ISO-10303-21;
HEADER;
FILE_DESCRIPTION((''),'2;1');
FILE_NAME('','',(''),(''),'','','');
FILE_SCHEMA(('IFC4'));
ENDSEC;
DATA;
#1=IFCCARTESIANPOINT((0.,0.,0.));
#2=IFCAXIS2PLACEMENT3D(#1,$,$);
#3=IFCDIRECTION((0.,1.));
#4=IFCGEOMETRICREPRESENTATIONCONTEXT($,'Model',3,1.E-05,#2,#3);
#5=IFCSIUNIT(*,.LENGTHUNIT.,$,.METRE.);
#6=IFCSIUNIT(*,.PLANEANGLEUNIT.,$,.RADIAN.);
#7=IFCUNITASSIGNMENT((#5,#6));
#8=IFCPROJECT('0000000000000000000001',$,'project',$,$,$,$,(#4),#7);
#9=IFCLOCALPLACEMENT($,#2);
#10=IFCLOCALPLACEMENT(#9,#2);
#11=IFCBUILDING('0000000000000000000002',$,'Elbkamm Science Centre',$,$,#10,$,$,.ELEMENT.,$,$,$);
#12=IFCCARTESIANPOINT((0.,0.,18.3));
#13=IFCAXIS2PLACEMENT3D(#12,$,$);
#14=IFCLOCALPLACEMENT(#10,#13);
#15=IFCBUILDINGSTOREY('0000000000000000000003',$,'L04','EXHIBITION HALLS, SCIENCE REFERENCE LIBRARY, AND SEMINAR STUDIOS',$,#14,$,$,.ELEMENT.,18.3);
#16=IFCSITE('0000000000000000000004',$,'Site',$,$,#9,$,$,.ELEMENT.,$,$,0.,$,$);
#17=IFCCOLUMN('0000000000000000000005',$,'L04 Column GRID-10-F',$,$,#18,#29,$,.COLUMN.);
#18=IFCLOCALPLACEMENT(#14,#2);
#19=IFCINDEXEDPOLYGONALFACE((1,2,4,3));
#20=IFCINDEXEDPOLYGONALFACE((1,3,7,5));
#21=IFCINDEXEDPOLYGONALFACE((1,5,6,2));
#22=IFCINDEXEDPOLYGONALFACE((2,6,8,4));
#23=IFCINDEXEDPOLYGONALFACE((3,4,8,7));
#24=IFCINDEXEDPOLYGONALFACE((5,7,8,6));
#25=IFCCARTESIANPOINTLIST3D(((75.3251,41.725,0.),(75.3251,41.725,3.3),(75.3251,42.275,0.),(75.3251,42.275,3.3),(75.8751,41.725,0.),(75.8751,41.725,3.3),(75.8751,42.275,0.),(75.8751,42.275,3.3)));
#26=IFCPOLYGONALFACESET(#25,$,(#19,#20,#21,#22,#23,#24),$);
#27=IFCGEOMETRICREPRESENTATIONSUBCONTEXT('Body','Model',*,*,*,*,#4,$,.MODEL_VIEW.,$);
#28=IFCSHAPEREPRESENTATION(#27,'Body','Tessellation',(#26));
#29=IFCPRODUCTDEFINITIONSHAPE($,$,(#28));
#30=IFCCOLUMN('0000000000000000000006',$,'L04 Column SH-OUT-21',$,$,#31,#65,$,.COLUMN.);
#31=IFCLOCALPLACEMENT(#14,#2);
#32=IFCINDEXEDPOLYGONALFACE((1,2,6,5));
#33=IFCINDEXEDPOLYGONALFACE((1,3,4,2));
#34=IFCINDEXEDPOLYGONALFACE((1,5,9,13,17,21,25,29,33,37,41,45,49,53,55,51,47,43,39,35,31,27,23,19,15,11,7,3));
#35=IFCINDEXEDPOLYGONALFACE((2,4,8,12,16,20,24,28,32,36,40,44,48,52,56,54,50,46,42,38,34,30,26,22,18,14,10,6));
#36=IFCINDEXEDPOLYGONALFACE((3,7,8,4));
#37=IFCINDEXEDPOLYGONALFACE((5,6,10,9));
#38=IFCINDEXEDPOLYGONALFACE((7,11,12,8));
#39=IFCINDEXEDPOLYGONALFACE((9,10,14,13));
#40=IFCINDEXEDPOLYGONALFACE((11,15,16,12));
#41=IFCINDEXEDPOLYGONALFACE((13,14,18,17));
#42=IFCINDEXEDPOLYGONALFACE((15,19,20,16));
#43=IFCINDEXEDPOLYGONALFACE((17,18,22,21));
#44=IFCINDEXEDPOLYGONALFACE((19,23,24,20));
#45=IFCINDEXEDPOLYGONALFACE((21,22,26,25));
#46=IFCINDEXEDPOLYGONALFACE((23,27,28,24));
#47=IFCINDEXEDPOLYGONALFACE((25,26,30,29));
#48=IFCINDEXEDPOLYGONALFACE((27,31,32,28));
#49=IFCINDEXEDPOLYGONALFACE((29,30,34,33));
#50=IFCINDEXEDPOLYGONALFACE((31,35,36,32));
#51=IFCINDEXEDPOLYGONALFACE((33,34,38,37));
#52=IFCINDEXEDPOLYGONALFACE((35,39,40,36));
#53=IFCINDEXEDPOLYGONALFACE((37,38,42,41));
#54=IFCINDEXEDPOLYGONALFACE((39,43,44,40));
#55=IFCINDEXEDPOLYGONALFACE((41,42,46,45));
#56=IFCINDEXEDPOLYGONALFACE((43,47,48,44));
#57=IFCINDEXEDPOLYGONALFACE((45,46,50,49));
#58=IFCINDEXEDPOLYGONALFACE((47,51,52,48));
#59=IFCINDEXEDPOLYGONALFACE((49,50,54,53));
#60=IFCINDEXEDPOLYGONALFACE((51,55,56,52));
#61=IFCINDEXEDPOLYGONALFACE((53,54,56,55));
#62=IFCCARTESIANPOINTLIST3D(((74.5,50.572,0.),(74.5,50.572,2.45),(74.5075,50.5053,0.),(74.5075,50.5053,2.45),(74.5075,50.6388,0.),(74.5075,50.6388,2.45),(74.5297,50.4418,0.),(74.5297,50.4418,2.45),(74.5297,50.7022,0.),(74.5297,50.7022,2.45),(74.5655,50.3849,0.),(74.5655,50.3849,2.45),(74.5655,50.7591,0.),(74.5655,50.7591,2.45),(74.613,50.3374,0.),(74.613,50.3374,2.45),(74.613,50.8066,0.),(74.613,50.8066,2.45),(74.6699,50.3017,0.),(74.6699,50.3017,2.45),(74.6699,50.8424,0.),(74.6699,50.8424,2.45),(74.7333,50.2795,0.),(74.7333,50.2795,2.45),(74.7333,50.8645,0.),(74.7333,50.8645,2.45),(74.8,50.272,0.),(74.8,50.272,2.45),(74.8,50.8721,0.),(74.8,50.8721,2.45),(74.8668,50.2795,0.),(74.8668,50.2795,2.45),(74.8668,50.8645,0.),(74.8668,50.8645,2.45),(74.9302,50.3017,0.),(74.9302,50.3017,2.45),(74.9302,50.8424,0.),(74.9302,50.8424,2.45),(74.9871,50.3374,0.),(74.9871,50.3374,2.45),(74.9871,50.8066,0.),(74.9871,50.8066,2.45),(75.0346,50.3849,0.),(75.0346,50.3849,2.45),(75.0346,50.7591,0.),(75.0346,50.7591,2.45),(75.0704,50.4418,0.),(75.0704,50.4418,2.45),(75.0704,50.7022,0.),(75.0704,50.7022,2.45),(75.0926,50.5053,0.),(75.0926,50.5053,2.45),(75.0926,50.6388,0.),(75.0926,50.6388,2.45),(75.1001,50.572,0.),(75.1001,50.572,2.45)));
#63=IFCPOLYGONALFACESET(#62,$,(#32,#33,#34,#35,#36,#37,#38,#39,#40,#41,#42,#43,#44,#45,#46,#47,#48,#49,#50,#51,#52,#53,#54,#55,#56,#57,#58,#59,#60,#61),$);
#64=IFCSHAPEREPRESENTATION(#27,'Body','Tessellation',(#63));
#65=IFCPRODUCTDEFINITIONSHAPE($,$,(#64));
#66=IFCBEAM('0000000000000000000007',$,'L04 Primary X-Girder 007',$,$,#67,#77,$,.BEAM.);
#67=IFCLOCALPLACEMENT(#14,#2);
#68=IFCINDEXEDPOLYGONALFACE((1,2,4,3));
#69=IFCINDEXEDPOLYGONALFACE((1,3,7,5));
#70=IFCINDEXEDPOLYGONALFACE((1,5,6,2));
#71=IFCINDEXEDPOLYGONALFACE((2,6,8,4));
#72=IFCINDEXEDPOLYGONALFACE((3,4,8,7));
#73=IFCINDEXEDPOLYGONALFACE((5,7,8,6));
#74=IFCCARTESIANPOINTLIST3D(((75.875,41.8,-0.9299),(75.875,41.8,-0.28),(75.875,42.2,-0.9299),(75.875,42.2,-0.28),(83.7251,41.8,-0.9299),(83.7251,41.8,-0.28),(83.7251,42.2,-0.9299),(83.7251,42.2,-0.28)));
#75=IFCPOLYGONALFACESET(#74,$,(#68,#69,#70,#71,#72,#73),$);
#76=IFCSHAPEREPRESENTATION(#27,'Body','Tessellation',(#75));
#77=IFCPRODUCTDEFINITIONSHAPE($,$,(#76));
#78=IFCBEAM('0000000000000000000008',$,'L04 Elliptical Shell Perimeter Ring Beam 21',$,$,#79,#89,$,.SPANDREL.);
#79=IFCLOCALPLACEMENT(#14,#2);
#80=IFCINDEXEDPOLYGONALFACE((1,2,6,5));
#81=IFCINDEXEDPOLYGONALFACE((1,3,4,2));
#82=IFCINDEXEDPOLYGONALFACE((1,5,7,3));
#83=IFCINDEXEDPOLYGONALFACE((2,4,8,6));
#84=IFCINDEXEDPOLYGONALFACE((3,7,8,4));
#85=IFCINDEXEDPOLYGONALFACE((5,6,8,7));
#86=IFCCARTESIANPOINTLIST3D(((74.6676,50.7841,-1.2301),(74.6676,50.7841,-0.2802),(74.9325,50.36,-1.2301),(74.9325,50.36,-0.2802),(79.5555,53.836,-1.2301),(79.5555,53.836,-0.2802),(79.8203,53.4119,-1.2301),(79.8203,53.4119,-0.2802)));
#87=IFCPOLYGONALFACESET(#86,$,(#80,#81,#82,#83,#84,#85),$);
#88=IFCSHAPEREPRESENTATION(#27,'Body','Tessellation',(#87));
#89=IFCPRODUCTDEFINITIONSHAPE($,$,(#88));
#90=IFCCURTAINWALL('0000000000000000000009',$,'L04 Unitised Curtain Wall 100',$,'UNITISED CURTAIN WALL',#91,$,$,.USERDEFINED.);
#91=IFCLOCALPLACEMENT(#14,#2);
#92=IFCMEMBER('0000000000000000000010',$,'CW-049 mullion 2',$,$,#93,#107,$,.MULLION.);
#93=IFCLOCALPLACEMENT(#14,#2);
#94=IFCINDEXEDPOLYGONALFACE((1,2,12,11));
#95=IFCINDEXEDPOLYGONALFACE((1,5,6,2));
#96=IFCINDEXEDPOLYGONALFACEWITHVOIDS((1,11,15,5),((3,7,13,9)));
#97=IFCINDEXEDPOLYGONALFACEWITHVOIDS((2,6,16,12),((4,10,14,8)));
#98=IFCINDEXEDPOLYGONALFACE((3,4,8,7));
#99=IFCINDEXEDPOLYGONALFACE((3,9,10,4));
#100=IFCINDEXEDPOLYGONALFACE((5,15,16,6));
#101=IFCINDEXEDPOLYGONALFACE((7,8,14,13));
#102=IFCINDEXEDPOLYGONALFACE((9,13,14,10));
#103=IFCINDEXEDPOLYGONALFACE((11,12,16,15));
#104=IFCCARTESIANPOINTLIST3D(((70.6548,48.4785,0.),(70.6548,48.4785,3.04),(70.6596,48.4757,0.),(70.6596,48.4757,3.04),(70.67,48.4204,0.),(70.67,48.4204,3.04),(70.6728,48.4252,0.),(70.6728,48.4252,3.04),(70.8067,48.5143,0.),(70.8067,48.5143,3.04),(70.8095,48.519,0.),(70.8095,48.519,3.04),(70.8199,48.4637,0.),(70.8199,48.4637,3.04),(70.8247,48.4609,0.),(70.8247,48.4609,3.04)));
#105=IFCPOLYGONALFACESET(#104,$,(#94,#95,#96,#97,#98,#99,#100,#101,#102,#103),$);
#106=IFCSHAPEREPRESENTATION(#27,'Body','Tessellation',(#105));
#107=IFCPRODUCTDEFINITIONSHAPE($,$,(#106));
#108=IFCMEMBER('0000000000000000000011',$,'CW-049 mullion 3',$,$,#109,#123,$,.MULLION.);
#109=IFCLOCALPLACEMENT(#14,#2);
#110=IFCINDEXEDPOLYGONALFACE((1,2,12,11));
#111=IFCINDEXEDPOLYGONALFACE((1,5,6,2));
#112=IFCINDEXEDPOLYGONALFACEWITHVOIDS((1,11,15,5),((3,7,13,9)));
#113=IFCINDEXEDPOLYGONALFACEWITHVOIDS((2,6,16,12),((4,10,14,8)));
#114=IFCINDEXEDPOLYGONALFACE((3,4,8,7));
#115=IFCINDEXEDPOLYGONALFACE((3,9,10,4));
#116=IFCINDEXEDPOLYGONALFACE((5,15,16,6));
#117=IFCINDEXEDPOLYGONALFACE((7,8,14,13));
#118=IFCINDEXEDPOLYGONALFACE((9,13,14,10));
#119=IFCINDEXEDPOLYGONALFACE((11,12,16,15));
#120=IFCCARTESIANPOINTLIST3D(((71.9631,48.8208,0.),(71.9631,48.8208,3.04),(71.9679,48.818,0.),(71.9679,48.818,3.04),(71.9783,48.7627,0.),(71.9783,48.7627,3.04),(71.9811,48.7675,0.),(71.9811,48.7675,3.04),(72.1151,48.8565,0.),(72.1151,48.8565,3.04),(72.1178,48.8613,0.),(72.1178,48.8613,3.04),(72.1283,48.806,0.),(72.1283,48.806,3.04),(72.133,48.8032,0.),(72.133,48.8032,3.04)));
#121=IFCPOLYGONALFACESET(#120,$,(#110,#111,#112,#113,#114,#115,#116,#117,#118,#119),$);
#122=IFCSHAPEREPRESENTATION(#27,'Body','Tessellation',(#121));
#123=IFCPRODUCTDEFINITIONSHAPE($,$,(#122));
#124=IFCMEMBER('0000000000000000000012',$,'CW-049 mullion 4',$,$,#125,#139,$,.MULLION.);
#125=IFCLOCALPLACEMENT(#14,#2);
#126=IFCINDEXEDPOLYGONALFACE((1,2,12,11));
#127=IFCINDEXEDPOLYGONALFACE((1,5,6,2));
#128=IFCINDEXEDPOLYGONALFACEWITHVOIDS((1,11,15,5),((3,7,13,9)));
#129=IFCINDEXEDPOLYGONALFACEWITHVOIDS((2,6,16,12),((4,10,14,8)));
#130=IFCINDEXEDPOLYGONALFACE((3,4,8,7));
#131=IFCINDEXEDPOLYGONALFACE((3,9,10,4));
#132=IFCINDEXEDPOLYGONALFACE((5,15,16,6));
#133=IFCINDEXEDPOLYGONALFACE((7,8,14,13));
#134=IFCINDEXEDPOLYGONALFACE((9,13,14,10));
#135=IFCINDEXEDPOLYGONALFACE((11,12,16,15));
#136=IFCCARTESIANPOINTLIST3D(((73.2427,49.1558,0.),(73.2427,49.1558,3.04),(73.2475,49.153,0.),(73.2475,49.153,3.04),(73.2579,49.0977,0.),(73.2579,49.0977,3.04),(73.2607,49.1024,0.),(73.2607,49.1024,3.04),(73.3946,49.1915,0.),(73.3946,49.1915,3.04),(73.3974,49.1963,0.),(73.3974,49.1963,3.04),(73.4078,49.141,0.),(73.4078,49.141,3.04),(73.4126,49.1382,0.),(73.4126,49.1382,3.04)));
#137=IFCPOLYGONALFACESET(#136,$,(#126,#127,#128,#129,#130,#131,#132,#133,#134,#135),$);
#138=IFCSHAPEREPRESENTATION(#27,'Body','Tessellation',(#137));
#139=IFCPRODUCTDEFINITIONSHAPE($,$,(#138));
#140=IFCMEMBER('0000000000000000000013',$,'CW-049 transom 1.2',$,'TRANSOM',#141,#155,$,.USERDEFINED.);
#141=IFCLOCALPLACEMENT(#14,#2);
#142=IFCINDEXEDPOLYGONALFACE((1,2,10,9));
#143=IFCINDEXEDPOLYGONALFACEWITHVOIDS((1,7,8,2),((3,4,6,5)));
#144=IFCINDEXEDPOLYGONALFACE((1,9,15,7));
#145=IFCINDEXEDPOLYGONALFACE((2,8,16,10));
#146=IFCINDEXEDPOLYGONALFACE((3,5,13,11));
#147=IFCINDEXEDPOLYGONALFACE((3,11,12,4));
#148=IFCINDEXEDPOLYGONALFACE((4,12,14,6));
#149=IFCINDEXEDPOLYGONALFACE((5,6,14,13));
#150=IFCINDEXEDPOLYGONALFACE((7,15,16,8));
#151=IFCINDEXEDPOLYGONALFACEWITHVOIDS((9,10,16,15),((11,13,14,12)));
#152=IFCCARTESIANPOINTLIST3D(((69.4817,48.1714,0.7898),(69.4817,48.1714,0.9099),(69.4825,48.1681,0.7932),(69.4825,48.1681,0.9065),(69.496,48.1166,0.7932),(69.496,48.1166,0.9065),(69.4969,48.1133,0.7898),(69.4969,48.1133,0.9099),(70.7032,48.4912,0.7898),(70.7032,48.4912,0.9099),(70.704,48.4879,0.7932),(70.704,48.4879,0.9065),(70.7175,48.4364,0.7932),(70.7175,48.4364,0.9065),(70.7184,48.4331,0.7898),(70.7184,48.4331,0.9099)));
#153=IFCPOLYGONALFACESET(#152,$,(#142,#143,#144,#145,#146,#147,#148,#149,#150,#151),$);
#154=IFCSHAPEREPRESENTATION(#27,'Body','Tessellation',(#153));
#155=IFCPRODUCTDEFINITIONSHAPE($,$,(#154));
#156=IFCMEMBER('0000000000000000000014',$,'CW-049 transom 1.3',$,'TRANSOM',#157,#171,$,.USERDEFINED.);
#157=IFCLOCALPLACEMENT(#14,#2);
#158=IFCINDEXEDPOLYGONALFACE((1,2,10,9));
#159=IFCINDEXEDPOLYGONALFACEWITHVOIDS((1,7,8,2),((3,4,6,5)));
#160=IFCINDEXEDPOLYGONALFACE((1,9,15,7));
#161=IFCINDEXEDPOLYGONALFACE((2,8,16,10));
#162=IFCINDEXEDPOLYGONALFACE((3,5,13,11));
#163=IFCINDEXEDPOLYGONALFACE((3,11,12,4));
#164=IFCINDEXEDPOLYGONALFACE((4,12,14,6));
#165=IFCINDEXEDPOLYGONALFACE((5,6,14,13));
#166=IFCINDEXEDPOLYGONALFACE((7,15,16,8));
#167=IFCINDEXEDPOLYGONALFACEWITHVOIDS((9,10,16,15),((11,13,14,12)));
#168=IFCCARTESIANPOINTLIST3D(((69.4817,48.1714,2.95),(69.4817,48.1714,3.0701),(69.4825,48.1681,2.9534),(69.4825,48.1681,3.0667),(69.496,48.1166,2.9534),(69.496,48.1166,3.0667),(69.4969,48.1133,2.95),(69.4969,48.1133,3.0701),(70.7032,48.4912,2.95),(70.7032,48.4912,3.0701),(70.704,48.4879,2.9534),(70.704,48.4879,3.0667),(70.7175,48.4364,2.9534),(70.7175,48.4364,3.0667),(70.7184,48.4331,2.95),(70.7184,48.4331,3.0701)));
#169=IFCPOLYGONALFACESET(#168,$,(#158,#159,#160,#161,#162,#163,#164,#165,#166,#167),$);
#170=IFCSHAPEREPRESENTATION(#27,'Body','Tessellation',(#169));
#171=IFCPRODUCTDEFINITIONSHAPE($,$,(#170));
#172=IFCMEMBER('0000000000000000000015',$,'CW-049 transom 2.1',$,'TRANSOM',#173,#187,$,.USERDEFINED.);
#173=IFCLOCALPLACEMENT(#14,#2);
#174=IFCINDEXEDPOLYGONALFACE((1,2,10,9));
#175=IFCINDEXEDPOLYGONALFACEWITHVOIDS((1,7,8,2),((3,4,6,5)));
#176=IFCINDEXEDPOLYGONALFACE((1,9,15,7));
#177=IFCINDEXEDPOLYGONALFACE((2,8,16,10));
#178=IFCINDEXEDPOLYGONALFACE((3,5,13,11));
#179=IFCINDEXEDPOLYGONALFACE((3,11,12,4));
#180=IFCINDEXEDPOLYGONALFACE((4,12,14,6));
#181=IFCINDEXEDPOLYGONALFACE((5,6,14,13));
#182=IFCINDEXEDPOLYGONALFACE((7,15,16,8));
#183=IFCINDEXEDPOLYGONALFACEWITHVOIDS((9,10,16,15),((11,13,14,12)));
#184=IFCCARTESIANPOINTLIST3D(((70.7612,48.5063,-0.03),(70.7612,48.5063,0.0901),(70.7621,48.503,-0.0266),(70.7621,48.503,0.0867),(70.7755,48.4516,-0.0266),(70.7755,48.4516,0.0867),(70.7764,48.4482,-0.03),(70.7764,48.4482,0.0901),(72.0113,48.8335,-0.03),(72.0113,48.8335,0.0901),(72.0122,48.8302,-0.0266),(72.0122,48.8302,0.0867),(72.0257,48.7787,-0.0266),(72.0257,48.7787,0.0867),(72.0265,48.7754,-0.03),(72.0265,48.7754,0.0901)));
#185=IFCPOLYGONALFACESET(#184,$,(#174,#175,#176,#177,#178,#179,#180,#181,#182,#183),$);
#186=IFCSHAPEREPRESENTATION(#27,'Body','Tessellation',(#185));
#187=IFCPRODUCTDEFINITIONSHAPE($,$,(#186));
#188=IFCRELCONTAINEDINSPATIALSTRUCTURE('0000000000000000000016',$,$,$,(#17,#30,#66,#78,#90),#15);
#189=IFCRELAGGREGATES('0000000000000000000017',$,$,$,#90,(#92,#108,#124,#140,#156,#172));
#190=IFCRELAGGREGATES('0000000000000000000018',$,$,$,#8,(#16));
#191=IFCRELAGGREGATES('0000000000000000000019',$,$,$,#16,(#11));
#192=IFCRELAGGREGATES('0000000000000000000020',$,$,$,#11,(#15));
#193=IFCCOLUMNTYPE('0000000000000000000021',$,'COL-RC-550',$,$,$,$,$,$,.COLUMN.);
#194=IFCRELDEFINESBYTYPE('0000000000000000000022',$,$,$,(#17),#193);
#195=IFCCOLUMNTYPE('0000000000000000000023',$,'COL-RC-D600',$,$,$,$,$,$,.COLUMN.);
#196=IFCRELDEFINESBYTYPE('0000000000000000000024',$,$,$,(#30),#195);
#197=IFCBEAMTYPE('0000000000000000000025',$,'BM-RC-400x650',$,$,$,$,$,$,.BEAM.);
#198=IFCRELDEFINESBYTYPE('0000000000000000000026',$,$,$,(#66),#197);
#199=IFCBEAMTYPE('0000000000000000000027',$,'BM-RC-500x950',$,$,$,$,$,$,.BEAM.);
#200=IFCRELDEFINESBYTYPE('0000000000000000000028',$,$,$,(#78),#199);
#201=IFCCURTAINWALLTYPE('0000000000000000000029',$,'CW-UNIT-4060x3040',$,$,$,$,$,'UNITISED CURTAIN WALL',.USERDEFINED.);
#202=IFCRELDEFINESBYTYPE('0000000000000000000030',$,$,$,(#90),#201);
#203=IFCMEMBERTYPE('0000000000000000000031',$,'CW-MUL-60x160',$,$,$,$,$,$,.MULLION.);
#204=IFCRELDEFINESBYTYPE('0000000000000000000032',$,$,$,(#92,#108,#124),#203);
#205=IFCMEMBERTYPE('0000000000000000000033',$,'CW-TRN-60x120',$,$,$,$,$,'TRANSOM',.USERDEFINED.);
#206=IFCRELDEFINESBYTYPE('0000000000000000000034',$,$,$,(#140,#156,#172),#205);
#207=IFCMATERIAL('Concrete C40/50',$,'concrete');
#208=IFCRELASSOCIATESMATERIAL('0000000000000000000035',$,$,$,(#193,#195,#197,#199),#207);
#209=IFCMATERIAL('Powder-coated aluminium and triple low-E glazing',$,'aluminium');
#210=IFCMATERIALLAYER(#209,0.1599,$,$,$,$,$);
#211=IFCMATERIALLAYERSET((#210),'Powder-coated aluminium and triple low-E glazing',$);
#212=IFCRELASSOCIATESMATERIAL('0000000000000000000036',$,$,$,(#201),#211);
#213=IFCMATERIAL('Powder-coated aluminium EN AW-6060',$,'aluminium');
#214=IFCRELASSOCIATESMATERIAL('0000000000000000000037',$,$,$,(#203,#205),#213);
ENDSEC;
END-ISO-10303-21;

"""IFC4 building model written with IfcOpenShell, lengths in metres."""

from ifc_helpers import new_model, si_unit, direction, frame, origin, origin_2d, place, context, subcontext, project, spatial, rectangle, hollow_rectangle, circle, extrude, material, layer, layer_set, material_profile, profile_set, type_object, element, aggregate, save


model = new_model("IFC4")

# Units and contexts
model_context = context("Model", 3, precision=1e-05, world=origin(), true_north=direction((0.0, 1.0)))
body_context = subcontext(model_context, "Body", "Model", "MODEL_VIEW")
ifc_project = project(units=[si_unit("LENGTHUNIT", "METRE"), si_unit("PLANEANGLEUNIT", "RADIAN")], contexts=[model_context])

# Site, building, storey
site_placement = place(None, origin())
site = spatial("IfcSite", under=ifc_project, at=site_placement, Name="Site", CompositionType="ELEMENT", RefElevation=0.0)
building_placement = place(site_placement, origin())
building = spatial("IfcBuilding", under=site, at=building_placement, Name="Elbkamm Science Centre", CompositionType="ELEMENT")
storey_placement = place(building_placement, frame((0.0, 0.0, 18.3)))
storey = spatial("IfcBuildingStorey", under=building, at=storey_placement, Name="L04", Description="EXHIBITION HALLS, SCIENCE REFERENCE LIBRARY, AND SEMINAR STUDIOS", CompositionType="ELEMENT", Elevation=18.3)

# Columns
ifc_material_1 = material(Name="Concrete C40/50", Category="concrete")
ifc_material_profile_1 = material_profile(ifc_material_1, rectangle(XDim=0.55, YDim=0.55, at=origin_2d()), Name="RC 550x550")
ifc_profile_set_1 = profile_set([ifc_material_profile_1], Name="Concrete C40/50")
column_type_1 = type_object("IfcColumnType", Name="COL-RC-550", PredefinedType="COLUMN", material=ifc_profile_set_1)
column_1_placement = place(storey_placement, frame((75.6001, 42.0, 0.0), z_axis=(0.0, 0.0, 1.0), x_axis=(1.0, 0.0, 0.0)))
element("IfcColumn", 1, at=column_1_placement, inside=storey, type_object=column_type_1, Name="L04 Column GRID-10-F", PredefinedType="COLUMN", context=body_context, shape_type="SweptSolid", body=[
    extrude(rectangle(XDim=0.55, YDim=0.55, at=origin_2d()), origin(), (0.0, 0.0, 1.0), 3.3),
])
ifc_material_profile_2 = material_profile(ifc_material_1, circle(Radius=0.3, at=origin_2d()), Name="RC D600")
ifc_profile_set_2 = profile_set([ifc_material_profile_2], Name="Concrete C40/50")
column_type_2 = type_object("IfcColumnType", Name="COL-RC-D600", PredefinedType="COLUMN", material=ifc_profile_set_2)
column_2_placement = place(storey_placement, frame((74.8, 50.572, 0.0), z_axis=(0.0, 0.0, 1.0), x_axis=(1.0, 0.0, 0.0)))
element("IfcColumn", 2, at=column_2_placement, inside=storey, type_object=column_type_2, Name="L04 Column SH-OUT-21", PredefinedType="COLUMN", context=body_context, shape_type="SweptSolid", body=[
    extrude(circle(Radius=0.3, at=origin_2d()), origin(), (0.0, 0.0, 1.0), 2.45),
])

# Beams
ifc_material_profile_3 = material_profile(ifc_material_1, rectangle(XDim=0.3999, YDim=0.6499, at=origin_2d()), Name="RC 400x650")
ifc_profile_set_3 = profile_set([ifc_material_profile_3], Name="Concrete C40/50")
beam_type_1 = type_object("IfcBeamType", Name="BM-RC-400x650", PredefinedType="BEAM", material=ifc_profile_set_3)
beam_1_placement = place(storey_placement, frame((75.875, 42.0, -0.605), z_axis=(1.0, 0.0, 0.0), x_axis=(0.0, 1.0, 0.0)))
element("IfcBeam", 3, at=beam_1_placement, inside=storey, type_object=beam_type_1, Name="L04 Primary X-Girder 007", PredefinedType="BEAM", context=body_context, shape_type="SweptSolid", body=[
    extrude(rectangle(XDim=0.3999, YDim=0.6499, at=origin_2d()), origin(), (0.0, 0.0, 1.0), 7.8501),
])
ifc_material_profile_4 = material_profile(ifc_material_1, rectangle(XDim=0.5, YDim=0.95, at=origin_2d()), Name="RC 500x950")
ifc_profile_set_4 = profile_set([ifc_material_profile_4], Name="Concrete C40/50")
beam_type_2 = type_object("IfcBeamType", Name="BM-RC-500x950", PredefinedType="BEAM", material=ifc_profile_set_4)
beam_2_placement = place(storey_placement, frame((74.8, 50.572, -0.7551), z_axis=(0.848229, 0.529629, 0.0), x_axis=(-0.529629, 0.848229, 0.0)))
element("IfcBeam", 4, at=beam_2_placement, inside=storey, type_object=beam_type_2, Name="L04 Elliptical Shell Perimeter Ring Beam 21", PredefinedType="SPANDREL", context=body_context, shape_type="SweptSolid", body=[
    extrude(rectangle(XDim=0.5, YDim=0.95, at=origin_2d()), origin(), (0.0, 0.0, 1.0), 5.7625),
])

# Curtain wall, members
ifc_material_2 = material(Name="Powder-coated aluminium and triple low-E glazing", Category="aluminium")
ifc_layer_1 = layer(ifc_material_2, 0.1599)
ifc_layer_set_1 = layer_set([ifc_layer_1], Name="Powder-coated aluminium and triple low-E glazing")
curtain_wall_type = type_object("IfcCurtainWallType", Name="CW-UNIT-4060x3040", ElementType="UNITISED CURTAIN WALL", PredefinedType="USERDEFINED", material=ifc_layer_set_1)
curtain_wall_placement = place(storey_placement, origin())
curtain_wall = element("IfcCurtainWall", 5, at=curtain_wall_placement, inside=storey, type_object=curtain_wall_type, Name="L04 Unitised Curtain Wall 100", ObjectType="UNITISED CURTAIN WALL", PredefinedType="USERDEFINED")
ifc_material_3 = material(Name="Powder-coated aluminium EN AW-6060", Category="aluminium")
ifc_material_profile_5 = material_profile(ifc_material_3, hollow_rectangle(XDim=0.0601, YDim=0.1599, WallThickness=0.0039, at=origin_2d()), Name="ALU M60x160")
ifc_profile_set_5 = profile_set([ifc_material_profile_5], Name="Powder-coated aluminium EN AW-6060")
member_type_1 = type_object("IfcMemberType", Name="CW-MUL-60x160", PredefinedType="MULLION", material=ifc_profile_set_5)
member_1_placement = place(storey_placement, frame((70.7397, 48.4697, 0.0), z_axis=(0.0, 0.0, 1.0), x_axis=(-0.253208, 0.967412, 0.0)))
member_1 = element("IfcMember", 6, at=member_1_placement, type_object=member_type_1, Name="CW-049 mullion 2", PredefinedType="MULLION", context=body_context, shape_type="SweptSolid", body=[
    extrude(hollow_rectangle(XDim=0.0601, YDim=0.1599, WallThickness=0.0039, at=origin_2d()), origin(), (0.0, 0.0, 1.0), 3.04),
])
member_2_placement = place(storey_placement, frame((72.0481, 48.812, 0.0), z_axis=(0.0, 0.0, 1.0), x_axis=(-0.253208, 0.967412, 0.0)))
member_2 = element("IfcMember", 7, at=member_2_placement, type_object=member_type_1, Name="CW-049 mullion 3", PredefinedType="MULLION", context=body_context, shape_type="SweptSolid", body=[
    extrude(hollow_rectangle(XDim=0.0601, YDim=0.1599, WallThickness=0.0039, at=origin_2d()), origin(), (0.0, 0.0, 1.0), 3.04),
])
member_3_placement = place(storey_placement, frame((73.3276, 49.147, 0.0), z_axis=(0.0, 0.0, 1.0), x_axis=(-0.253208, 0.967412, 0.0)))
member_3 = element("IfcMember", 8, at=member_3_placement, type_object=member_type_1, Name="CW-049 mullion 4", PredefinedType="MULLION", context=body_context, shape_type="SweptSolid", body=[
    extrude(hollow_rectangle(XDim=0.0601, YDim=0.1599, WallThickness=0.0039, at=origin_2d()), origin(), (0.0, 0.0, 1.0), 3.04),
])
ifc_material_profile_6 = material_profile(ifc_material_3, hollow_rectangle(XDim=0.0601, YDim=0.1201, WallThickness=0.0034, at=origin_2d()), Name="ALU T60x120")
ifc_profile_set_6 = profile_set([ifc_material_profile_6], Name="Powder-coated aluminium EN AW-6060")
member_type_2 = type_object("IfcMemberType", Name="CW-TRN-60x120", ElementType="TRANSOM", PredefinedType="USERDEFINED", material=ifc_profile_set_6)
member_4_placement = place(storey_placement, frame((69.4893, 48.1423, 0.8499), z_axis=(0.967387, 0.253303, 0.0), x_axis=(-0.253303, 0.967387, 0.0)))
member_4 = element("IfcMember", 9, at=member_4_placement, type_object=member_type_2, Name="CW-049 transom 1.2", ObjectType="TRANSOM", PredefinedType="USERDEFINED", context=body_context, shape_type="SweptSolid", body=[
    extrude(hollow_rectangle(XDim=0.0601, YDim=0.1201, WallThickness=0.0034, at=origin_2d()), origin(), (0.0, 0.0, 1.0), 1.2627),
])
member_5_placement = place(storey_placement, frame((69.4893, 48.1423, 3.01), z_axis=(0.967387, 0.253303, 0.0), x_axis=(-0.253303, 0.967387, 0.0)))
member_5 = element("IfcMember", 10, at=member_5_placement, type_object=member_type_2, Name="CW-049 transom 1.3", ObjectType="TRANSOM", PredefinedType="USERDEFINED", context=body_context, shape_type="SweptSolid", body=[
    extrude(hollow_rectangle(XDim=0.0601, YDim=0.1201, WallThickness=0.0034, at=origin_2d()), origin(), (0.0, 0.0, 1.0), 1.2627),
])
member_6_placement = place(storey_placement, frame((70.7688, 48.4773, 0.03), z_axis=(0.967428, 0.253145, 0.0), x_axis=(-0.253145, 0.967428, 0.0)))
member_6 = element("IfcMember", 11, at=member_6_placement, type_object=member_type_2, Name="CW-049 transom 2.1", ObjectType="TRANSOM", PredefinedType="USERDEFINED", context=body_context, shape_type="SweptSolid", body=[
    extrude(hollow_rectangle(XDim=0.0601, YDim=0.1201, WallThickness=0.0034, at=origin_2d()), origin(), (0.0, 0.0, 1.0), 1.2922),
])
aggregate(curtain_wall, [member_1, member_2, member_3, member_4, member_5, member_6])

save(model, "model.ifc")
